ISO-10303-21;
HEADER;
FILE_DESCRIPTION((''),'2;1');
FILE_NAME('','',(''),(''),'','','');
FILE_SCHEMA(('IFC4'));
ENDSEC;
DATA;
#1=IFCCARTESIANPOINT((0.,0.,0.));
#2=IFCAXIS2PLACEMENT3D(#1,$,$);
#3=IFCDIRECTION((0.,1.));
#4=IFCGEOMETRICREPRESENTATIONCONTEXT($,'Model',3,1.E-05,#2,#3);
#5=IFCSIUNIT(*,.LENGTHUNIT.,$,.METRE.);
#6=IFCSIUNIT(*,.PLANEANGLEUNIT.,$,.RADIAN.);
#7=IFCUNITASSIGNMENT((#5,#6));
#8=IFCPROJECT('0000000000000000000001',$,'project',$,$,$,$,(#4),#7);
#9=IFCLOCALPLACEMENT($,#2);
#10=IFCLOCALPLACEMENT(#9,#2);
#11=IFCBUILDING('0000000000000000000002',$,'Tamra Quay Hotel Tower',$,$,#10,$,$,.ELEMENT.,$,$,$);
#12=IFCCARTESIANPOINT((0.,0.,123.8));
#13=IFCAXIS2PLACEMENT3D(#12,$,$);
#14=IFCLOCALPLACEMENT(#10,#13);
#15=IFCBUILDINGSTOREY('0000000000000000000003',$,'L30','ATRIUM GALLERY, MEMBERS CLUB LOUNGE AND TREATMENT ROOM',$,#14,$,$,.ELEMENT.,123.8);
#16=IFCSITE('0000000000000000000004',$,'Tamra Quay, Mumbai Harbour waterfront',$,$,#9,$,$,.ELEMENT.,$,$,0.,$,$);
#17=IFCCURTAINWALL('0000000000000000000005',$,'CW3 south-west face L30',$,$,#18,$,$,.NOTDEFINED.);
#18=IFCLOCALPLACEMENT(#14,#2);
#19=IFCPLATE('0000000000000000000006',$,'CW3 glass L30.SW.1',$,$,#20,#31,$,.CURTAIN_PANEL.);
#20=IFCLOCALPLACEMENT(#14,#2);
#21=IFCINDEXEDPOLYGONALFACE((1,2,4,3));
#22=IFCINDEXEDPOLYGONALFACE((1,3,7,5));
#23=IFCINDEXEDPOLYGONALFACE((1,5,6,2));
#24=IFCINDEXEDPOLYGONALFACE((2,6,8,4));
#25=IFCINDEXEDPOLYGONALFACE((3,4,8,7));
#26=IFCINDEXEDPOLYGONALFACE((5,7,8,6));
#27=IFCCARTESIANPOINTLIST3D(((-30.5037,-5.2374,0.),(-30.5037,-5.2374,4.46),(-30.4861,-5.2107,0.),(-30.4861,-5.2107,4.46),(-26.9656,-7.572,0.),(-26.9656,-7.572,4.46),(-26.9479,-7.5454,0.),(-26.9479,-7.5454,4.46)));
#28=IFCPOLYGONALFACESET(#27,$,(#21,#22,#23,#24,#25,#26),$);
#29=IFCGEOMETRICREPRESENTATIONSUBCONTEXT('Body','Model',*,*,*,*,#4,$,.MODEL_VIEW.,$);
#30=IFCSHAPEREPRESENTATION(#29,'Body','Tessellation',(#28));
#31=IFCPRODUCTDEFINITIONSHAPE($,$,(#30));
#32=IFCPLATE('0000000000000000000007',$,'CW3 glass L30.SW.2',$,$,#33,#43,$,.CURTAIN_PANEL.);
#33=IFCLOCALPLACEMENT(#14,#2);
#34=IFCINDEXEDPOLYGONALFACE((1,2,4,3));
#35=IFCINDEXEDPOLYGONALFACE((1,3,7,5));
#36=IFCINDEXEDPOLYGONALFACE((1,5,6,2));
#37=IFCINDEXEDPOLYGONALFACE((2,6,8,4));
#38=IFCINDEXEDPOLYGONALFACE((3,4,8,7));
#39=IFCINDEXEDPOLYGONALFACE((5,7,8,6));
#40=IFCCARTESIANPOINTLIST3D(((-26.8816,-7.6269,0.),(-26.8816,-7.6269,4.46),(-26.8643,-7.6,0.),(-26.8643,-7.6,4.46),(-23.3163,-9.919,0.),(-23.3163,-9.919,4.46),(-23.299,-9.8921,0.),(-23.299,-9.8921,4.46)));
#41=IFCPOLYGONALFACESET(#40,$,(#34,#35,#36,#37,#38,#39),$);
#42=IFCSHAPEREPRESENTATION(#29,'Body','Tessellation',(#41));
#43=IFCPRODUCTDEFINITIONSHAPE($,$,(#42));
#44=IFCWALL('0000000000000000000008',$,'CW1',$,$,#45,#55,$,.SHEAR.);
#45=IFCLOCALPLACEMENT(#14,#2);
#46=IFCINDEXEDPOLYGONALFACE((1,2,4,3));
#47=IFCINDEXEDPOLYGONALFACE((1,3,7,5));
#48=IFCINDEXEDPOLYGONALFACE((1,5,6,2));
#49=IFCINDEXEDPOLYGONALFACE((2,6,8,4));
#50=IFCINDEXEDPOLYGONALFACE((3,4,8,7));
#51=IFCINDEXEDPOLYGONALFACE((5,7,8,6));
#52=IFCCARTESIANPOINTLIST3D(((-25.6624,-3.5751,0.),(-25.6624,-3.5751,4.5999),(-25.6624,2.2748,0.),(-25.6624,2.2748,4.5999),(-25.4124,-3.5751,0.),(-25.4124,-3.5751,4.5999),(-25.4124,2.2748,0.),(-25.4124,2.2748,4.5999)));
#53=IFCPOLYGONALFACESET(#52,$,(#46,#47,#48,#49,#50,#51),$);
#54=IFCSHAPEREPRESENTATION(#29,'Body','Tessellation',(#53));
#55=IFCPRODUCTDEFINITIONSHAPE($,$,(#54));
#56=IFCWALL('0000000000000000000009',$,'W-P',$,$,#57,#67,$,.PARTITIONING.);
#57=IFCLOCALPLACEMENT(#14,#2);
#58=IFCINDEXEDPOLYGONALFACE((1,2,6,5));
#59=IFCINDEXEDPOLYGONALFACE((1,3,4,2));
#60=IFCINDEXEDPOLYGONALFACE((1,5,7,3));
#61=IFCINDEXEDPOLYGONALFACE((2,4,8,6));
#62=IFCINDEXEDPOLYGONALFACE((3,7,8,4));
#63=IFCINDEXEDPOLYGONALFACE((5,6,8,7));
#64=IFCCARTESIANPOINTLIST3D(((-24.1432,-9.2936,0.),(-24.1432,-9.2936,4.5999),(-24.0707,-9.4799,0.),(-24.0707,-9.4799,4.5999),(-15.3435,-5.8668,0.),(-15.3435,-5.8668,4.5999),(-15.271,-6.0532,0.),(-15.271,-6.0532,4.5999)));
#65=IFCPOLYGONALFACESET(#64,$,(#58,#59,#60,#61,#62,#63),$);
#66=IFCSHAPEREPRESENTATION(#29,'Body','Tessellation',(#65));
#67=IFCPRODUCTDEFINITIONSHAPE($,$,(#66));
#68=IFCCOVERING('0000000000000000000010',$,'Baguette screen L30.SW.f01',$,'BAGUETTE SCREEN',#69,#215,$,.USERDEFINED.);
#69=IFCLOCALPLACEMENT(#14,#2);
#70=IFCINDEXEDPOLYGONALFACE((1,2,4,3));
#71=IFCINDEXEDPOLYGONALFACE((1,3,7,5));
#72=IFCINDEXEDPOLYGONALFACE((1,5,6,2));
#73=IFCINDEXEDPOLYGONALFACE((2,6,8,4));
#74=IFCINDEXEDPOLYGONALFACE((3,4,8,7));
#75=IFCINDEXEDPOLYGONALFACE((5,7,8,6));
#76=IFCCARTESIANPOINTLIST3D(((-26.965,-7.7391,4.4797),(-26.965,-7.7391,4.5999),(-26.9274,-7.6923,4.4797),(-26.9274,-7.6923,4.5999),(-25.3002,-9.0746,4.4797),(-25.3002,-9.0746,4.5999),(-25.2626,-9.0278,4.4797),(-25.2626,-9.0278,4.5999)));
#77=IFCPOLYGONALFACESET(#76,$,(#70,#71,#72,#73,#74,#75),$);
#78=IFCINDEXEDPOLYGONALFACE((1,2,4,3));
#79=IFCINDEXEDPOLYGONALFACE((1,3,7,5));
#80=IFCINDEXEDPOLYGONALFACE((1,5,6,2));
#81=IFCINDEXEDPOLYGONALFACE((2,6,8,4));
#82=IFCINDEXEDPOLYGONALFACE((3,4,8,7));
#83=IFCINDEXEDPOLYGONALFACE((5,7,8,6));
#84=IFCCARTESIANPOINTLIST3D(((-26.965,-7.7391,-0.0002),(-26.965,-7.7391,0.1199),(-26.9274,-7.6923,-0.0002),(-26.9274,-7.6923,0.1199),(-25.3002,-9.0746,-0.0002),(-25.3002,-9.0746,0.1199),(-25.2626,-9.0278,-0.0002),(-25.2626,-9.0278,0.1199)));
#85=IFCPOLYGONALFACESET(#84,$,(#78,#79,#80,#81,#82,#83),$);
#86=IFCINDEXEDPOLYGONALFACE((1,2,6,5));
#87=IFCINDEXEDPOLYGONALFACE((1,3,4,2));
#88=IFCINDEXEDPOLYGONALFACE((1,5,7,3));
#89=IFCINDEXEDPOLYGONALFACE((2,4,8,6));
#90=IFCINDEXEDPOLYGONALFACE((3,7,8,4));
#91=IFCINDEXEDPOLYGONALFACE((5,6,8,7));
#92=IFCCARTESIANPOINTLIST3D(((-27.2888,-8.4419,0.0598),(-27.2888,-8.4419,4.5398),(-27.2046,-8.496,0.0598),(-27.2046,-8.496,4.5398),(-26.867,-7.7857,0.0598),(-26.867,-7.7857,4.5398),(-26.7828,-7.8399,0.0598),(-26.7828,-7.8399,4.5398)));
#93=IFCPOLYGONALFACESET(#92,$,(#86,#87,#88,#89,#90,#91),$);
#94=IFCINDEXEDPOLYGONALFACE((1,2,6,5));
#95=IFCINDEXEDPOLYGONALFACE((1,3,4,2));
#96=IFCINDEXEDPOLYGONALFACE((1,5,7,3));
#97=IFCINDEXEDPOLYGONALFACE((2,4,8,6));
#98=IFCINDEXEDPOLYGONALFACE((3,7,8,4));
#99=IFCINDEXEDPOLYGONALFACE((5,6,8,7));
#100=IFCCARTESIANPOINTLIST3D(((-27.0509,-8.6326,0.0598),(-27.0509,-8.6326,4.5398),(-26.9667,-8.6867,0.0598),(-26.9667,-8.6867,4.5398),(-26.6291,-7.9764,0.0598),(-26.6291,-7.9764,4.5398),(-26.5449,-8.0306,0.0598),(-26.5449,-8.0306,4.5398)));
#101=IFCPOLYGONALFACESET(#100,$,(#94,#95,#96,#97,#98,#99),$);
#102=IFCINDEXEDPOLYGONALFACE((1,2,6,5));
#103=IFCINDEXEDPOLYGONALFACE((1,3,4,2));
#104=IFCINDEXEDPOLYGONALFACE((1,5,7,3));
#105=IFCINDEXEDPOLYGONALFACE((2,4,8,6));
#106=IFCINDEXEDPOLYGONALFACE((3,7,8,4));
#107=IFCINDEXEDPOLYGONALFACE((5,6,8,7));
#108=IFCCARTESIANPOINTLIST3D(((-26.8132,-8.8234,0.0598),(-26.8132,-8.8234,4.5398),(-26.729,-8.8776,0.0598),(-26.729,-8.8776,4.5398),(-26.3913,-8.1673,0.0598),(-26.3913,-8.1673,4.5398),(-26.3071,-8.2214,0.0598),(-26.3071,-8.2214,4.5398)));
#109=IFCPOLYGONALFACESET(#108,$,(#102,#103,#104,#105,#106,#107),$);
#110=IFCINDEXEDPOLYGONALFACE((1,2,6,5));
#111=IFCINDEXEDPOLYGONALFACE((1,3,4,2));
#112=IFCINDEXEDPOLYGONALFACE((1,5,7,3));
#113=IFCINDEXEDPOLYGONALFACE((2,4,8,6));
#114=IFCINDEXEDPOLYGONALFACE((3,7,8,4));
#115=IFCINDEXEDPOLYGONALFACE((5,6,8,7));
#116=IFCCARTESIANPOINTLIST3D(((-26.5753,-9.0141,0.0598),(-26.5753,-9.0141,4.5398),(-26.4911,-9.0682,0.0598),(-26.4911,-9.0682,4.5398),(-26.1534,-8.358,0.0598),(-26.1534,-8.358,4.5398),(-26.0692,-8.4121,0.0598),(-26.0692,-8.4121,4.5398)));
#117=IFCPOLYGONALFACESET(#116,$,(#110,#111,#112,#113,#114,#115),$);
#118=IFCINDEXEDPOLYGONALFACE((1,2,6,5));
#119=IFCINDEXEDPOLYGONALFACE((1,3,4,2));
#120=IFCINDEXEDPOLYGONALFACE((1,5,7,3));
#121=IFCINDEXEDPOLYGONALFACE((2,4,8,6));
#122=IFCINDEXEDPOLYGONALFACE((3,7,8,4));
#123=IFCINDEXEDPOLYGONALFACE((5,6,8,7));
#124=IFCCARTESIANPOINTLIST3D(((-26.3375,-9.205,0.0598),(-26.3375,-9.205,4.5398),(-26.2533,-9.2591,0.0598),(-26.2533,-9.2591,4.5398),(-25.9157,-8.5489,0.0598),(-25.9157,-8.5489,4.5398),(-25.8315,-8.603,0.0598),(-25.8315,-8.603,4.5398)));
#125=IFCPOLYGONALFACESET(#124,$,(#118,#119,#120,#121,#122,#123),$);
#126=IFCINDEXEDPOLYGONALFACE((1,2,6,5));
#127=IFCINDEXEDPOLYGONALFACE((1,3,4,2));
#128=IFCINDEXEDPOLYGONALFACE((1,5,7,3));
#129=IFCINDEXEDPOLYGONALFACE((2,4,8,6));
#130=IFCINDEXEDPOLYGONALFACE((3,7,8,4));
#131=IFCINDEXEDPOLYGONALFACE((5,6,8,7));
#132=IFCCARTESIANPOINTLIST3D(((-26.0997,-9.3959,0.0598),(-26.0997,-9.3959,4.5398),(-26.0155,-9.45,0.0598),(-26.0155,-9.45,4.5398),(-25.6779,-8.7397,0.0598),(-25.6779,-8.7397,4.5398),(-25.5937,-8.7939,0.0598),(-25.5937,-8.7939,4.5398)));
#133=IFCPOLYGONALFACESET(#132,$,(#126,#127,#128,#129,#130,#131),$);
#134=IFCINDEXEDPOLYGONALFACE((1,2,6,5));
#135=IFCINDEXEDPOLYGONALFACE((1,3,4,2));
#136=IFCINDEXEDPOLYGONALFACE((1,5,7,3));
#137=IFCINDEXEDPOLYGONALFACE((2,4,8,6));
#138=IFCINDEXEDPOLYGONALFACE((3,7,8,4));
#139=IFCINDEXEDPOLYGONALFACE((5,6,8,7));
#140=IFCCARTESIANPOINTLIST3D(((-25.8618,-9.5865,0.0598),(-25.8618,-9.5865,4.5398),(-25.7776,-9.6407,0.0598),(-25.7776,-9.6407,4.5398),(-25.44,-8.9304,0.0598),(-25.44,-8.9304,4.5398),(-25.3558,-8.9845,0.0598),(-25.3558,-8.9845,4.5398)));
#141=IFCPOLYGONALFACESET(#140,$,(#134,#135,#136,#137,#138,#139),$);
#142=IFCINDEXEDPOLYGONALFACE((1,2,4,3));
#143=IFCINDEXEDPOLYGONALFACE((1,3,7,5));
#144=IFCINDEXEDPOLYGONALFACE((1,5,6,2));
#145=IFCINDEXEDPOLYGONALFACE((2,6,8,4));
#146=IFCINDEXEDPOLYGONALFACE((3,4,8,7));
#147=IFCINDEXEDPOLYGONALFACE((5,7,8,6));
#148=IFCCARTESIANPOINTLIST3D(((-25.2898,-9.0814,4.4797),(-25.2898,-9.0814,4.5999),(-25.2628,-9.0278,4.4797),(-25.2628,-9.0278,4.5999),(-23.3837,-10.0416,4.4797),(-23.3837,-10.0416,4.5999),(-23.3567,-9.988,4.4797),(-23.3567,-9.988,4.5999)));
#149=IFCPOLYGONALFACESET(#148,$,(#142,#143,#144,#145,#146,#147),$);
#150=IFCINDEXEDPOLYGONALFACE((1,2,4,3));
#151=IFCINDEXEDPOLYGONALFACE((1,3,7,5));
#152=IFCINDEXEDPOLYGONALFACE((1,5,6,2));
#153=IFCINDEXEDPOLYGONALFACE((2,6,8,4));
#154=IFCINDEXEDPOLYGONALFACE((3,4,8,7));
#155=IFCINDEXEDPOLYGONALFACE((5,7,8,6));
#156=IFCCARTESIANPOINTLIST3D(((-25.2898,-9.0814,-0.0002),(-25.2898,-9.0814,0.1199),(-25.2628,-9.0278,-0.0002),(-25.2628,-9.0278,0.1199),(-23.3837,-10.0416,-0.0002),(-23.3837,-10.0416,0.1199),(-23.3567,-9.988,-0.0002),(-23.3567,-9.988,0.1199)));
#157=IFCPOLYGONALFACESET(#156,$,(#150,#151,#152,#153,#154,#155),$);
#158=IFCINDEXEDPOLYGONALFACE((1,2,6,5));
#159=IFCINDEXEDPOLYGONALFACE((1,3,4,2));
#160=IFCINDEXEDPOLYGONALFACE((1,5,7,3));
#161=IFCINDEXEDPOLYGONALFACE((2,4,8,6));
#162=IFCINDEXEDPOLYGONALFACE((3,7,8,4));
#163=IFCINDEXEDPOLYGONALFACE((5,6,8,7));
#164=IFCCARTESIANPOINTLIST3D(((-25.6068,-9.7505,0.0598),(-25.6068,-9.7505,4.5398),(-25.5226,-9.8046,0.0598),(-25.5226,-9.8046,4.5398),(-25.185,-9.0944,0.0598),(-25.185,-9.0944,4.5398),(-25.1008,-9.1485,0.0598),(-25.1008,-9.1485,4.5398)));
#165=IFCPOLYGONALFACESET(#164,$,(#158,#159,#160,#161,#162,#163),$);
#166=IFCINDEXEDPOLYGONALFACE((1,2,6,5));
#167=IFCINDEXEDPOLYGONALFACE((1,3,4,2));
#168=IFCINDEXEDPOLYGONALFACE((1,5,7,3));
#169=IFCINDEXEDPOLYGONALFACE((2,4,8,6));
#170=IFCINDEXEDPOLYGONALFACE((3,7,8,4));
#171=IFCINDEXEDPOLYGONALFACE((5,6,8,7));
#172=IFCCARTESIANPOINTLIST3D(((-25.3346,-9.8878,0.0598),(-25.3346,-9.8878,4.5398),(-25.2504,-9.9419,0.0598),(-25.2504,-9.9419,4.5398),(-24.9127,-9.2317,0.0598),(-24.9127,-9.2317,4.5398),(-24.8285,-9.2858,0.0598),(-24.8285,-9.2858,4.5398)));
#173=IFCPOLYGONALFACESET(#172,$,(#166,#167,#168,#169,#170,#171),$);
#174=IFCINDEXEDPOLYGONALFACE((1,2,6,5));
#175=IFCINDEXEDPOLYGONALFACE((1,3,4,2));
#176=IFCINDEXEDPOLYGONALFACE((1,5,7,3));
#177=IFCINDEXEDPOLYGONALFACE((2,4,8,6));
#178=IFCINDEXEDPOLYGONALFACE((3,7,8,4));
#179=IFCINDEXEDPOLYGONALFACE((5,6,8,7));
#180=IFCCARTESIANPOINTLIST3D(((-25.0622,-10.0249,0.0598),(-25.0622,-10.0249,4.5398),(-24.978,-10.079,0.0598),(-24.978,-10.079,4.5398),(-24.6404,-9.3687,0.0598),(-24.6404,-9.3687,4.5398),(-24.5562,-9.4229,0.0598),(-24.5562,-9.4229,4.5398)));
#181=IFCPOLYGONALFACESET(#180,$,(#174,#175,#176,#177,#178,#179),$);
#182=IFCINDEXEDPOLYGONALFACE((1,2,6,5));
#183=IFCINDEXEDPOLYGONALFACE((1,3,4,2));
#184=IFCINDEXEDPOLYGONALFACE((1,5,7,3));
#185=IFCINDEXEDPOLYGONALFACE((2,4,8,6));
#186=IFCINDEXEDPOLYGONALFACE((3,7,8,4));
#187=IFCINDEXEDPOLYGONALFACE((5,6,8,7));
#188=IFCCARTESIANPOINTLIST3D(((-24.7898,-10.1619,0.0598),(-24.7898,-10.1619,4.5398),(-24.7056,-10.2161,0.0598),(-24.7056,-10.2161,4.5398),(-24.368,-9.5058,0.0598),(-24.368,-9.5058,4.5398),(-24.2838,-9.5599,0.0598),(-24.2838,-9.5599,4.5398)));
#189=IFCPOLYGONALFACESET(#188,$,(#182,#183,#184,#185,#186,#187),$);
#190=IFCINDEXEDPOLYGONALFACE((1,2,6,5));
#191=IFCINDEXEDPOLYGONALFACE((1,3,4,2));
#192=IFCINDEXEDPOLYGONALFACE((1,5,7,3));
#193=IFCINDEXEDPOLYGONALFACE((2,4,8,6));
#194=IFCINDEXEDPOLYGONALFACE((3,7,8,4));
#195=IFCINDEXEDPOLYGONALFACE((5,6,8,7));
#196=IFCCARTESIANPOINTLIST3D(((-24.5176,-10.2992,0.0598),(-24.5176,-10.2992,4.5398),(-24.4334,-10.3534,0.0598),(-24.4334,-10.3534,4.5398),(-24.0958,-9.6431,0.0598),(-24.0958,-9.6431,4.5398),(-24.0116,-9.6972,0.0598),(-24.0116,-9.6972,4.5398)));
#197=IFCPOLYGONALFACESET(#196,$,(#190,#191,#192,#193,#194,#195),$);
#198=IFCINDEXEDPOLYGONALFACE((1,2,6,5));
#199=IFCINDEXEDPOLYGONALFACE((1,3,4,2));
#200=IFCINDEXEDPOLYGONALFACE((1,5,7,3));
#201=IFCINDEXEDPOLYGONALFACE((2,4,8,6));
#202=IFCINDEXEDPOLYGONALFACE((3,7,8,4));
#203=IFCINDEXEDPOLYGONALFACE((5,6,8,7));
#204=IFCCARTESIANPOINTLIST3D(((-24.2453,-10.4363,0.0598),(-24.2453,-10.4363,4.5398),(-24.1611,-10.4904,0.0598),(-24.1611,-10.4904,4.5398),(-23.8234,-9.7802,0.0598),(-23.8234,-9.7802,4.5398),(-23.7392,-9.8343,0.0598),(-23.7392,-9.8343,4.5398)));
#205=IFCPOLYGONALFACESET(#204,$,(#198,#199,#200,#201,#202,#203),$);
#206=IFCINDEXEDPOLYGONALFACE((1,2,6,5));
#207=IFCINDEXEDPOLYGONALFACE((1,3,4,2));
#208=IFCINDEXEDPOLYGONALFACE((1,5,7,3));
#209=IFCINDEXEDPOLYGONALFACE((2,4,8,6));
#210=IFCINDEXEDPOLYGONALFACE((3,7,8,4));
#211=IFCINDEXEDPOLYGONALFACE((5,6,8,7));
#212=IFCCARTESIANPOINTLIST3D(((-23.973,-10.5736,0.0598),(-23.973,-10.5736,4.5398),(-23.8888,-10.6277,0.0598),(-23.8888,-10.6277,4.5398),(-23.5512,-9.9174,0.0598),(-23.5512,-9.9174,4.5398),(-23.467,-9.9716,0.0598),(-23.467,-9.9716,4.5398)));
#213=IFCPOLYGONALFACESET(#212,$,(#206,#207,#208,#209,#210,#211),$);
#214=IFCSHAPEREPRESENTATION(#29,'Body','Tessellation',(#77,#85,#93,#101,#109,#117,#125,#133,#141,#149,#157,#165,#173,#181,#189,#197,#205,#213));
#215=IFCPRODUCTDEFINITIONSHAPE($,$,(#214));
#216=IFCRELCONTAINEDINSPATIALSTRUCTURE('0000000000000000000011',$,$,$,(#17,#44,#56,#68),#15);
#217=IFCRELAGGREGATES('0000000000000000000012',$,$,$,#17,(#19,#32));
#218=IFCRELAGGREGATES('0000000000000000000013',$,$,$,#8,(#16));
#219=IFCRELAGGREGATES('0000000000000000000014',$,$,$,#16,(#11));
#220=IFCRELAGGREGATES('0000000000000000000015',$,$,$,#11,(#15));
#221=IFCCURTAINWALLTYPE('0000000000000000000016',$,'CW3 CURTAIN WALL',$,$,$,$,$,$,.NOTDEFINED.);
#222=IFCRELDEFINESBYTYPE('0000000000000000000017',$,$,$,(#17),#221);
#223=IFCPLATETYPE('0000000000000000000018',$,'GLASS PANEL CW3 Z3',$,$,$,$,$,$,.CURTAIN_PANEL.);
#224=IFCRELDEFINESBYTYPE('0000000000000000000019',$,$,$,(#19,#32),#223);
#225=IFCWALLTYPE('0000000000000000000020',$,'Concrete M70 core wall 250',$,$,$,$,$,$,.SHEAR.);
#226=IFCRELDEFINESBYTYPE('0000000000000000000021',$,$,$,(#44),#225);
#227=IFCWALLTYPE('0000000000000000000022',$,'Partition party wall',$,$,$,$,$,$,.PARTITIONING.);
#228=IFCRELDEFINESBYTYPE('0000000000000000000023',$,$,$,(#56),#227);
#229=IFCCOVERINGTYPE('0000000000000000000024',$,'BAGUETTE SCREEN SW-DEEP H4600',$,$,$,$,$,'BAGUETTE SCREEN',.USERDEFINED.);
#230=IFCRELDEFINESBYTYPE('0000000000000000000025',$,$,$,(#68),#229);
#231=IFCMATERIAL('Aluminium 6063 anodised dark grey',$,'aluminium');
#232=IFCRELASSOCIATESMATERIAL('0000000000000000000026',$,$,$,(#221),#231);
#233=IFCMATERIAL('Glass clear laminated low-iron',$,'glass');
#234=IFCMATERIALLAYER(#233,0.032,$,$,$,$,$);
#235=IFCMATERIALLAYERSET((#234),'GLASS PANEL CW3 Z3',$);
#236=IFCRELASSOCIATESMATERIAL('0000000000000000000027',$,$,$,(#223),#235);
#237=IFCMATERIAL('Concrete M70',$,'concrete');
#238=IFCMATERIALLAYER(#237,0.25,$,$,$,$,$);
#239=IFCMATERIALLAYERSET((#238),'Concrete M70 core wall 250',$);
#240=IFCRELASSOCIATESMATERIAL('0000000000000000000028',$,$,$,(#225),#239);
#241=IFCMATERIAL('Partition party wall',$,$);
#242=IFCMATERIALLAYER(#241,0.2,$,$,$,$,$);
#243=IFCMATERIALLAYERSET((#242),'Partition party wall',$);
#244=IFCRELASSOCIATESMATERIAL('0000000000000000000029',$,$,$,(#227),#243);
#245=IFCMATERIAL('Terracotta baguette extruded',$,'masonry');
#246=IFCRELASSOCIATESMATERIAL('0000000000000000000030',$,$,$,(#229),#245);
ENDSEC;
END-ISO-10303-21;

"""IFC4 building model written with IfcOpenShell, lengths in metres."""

from ifc_helpers import new_model, si_unit, direction, frame, frame_2d, origin, origin_2d, place, context, subcontext, project, spatial, rectangle, extrude, source, transform, mapped, material, layer, layer_set, type_object, element, aggregate, save


model = new_model("IFC4")

# Units and contexts
model_context = context("Model", 3, precision=1e-05, world=origin(), true_north=direction((0.0, 1.0)))
body_context = subcontext(model_context, "Body", "Model", "MODEL_VIEW")
ifc_project = project(units=[si_unit("LENGTHUNIT", "METRE"), si_unit("PLANEANGLEUNIT", "RADIAN")], contexts=[model_context])

# Site, building, storey
site_placement = place(None, origin())
site = spatial("IfcSite", under=ifc_project, at=site_placement, Name="Tamra Quay, Mumbai Harbour waterfront", CompositionType="ELEMENT", RefElevation=0.0)
building_placement = place(site_placement, origin())
building = spatial("IfcBuilding", under=site, at=building_placement, Name="Tamra Quay Hotel Tower", CompositionType="ELEMENT")
storey_placement = place(building_placement, frame((0.0, 0.0, 123.8)))
storey = spatial("IfcBuildingStorey", under=building, at=storey_placement, Name="L30", Description="ATRIUM GALLERY, MEMBERS CLUB LOUNGE AND TREATMENT ROOM", CompositionType="ELEMENT", Elevation=123.8)

# Shared definitions
ifc_material_1 = material(Name="Concrete M70", Category="concrete")

# Curtain wall
ifc_material_2 = material(Name="Aluminium 6063 anodised dark grey", Category="aluminium")
curtain_wall_type_1 = type_object("IfcCurtainWallType", Name="CW3 CURTAIN WALL", PredefinedType="NOTDEFINED", material=ifc_material_2)
curtain_wall_1_placement = place(storey_placement, origin())
curtain_wall_1 = element("IfcCurtainWall", 1, at=curtain_wall_1_placement, inside=storey, type_object=curtain_wall_type_1, Name="CW3 south-west face L30", PredefinedType="NOTDEFINED")

# Plates
ifc_material_3 = material(Name="Glass clear laminated low-iron", Category="glass")
ifc_layer_1 = layer(ifc_material_3, 0.032)
ifc_layer_set_1 = layer_set([ifc_layer_1], Name="GLASS PANEL CW3 Z3")
plate_type_1 = type_object("IfcPlateType", Name="GLASS PANEL CW3 Z3", PredefinedType="CURTAIN_PANEL", material=ifc_layer_set_1)
plate_1_placement = place(storey_placement, frame((-28.7258, -6.3914, 0.0), z_axis=(0.0, 0.0, 1.0), x_axis=(0.834663, -0.550761, 0.0)))
plate_1 = element("IfcPlate", 2, at=plate_1_placement, type_object=plate_type_1, Name="CW3 glass L30.SW.1", PredefinedType="CURTAIN_PANEL", context=body_context, shape_type="SweptSolid", body=[
    extrude(rectangle(XDim=4.239, YDim=0.032, at=origin_2d()), origin(), (0.0, 0.0, 1.0), 4.46),
])
plate_2_placement = place(storey_placement, frame((-25.0903, -8.7595, 0.0), z_axis=(0.0, 0.0, 1.0), x_axis=(0.841164, -0.54078, 0.0)))
plate_2 = element("IfcPlate", 3, at=plate_2_placement, type_object=plate_type_1, Name="CW3 glass L30.SW.2", PredefinedType="CURTAIN_PANEL", context=body_context, shape_type="SweptSolid", body=[
    extrude(rectangle(XDim=4.2385, YDim=0.032, at=origin_2d()), origin(), (0.0, 0.0, 1.0), 4.46),
])
aggregate(curtain_wall_1, [plate_1, plate_2])

# Walls
ifc_layer_2 = layer(ifc_material_1, 0.25)
ifc_layer_set_2 = layer_set([ifc_layer_2], Name="Concrete M70 core wall 250")
wall_type_1 = type_object("IfcWallType", Name="Concrete M70 core wall 250", PredefinedType="SHEAR", material=ifc_layer_set_2)
wall_1_placement = place(storey_placement, frame((-25.5374, -3.575, 0.0), z_axis=(0.0, 0.0, 1.0), x_axis=(0.0, 1.0, 0.0)))
element("IfcWall", 4, at=wall_1_placement, inside=storey, type_object=wall_type_1, Name="CW1", PredefinedType="SHEAR", context=body_context, shape_type="SweptSolid", body=[
    extrude(rectangle(XDim=5.8499, YDim=0.25, at=frame_2d((2.9248, 0.0))), origin(), (0.0, 0.0, 1.0), 4.5999),
])
ifc_material_4 = material(Name="Partition party wall")
ifc_layer_3 = layer(ifc_material_4, 0.2)
ifc_layer_set_3 = layer_set([ifc_layer_3], Name="Partition party wall")
wall_type_2 = type_object("IfcWallType", Name="Partition party wall", PredefinedType="PARTITIONING", material=ifc_layer_set_3)
wall_2_placement = place(storey_placement, frame((-24.1069, -9.3867, 0.0), z_axis=(0.0, 0.0, 1.0), x_axis=(0.93184, 0.36287, 0.0)))
element("IfcWall", 5, at=wall_2_placement, inside=storey, type_object=wall_type_2, Name="W-P", PredefinedType="PARTITIONING", context=body_context, shape_type="SweptSolid", body=[
    extrude(rectangle(XDim=9.4434, YDim=0.2, at=frame_2d((4.7217, 0.0))), origin(), (0.0, 0.0, 1.0), 4.5999),
])

# Covering
ifc_material_5 = material(Name="Terracotta baguette extruded", Category="masonry")
covering_type_1 = type_object("IfcCoveringType", Name="BAGUETTE SCREEN SW-DEEP H4600", ElementType="BAGUETTE SCREEN", PredefinedType="USERDEFINED", material=ifc_material_5)
shared_shape_1 = source(origin(), body_context, "Body", "SweptSolid", [
    extrude(rectangle(XDim=2.1343, YDim=0.0601, at=frame_2d((1.0671, 0.03))), frame((-2.1287, -0.0576, -0.1201), z_axis=(0.0, 0.0, 1.0), x_axis=(0.994522, -0.104528, 0.0)), (0.0, 0.0, 1.0), 0.1201),
    extrude(rectangle(XDim=2.1343, YDim=0.0601, at=frame_2d((1.0671, 0.03))), frame((-2.1287, -0.0576, -4.6001), z_axis=(0.0, 0.0, 1.0), x_axis=(0.994522, -0.104528, 0.0)), (0.0, 0.0, 1.0), 0.1201),
    extrude(rectangle(XDim=0.1001, YDim=0.78, at=frame_2d((0.05, 0.3901))), frame((-2.021, -0.824, -4.54)), (0.0, 0.0, 1.0), 4.48),
    extrude(rectangle(XDim=0.1001, YDim=0.78, at=frame_2d((0.05, 0.3901))), frame((-1.7178, -0.8557, -4.54)), (0.0, 0.0, 1.0), 4.48),
    extrude(rectangle(XDim=0.1001, YDim=0.78, at=frame_2d((0.05, 0.3901))), frame((-1.4146, -0.8877, -4.54)), (0.0, 0.0, 1.0), 4.48),
    extrude(rectangle(XDim=0.1001, YDim=0.78, at=frame_2d((0.05, 0.3901))), frame((-1.1113, -0.9194, -4.54)), (0.0, 0.0, 1.0), 4.48),
    extrude(rectangle(XDim=0.1001, YDim=0.78, at=frame_2d((0.05, 0.3901))), frame((-0.8081, -0.9514, -4.54)), (0.0, 0.0, 1.0), 4.48),
    extrude(rectangle(XDim=0.1001, YDim=0.78, at=frame_2d((0.05, 0.3901))), frame((-0.5049, -0.9834, -4.54)), (0.0, 0.0, 1.0), 4.48),
    extrude(rectangle(XDim=0.1001, YDim=0.78, at=frame_2d((0.05, 0.3901))), frame((-0.2017, -1.0151, -4.54)), (0.0, 0.0, 1.0), 4.48),
    extrude(rectangle(XDim=2.1343, YDim=0.0601, at=frame_2d((1.0671, 0.03))), frame((0.0063, -0.2808, -0.1201), z_axis=(0.0, 0.0, 1.0), x_axis=(0.994522, 0.104528, 0.0)), (0.0, 0.0, 1.0), 0.1201),
    extrude(rectangle(XDim=2.1343, YDim=0.0601, at=frame_2d((1.0671, 0.03))), frame((0.0063, -0.2808, -4.6001), z_axis=(0.0, 0.0, 1.0), x_axis=(0.994522, 0.104528, 0.0)), (0.0, 0.0, 1.0), 0.1201),
    extrude(rectangle(XDim=0.1001, YDim=0.78, at=frame_2d((0.05, 0.3901))), frame((0.1016, -1.0151, -4.54)), (0.0, 0.0, 1.0), 4.48),
    extrude(rectangle(XDim=0.1001, YDim=0.78, at=frame_2d((0.05, 0.3901))), frame((0.4048, -0.9834, -4.54)), (0.0, 0.0, 1.0), 4.48),
    extrude(rectangle(XDim=0.1001, YDim=0.78, at=frame_2d((0.05, 0.3901))), frame((0.708, -0.9514, -4.54)), (0.0, 0.0, 1.0), 4.48),
    extrude(rectangle(XDim=0.1001, YDim=0.78, at=frame_2d((0.05, 0.3901))), frame((1.0112, -0.9194, -4.54)), (0.0, 0.0, 1.0), 4.48),
    extrude(rectangle(XDim=0.1001, YDim=0.78, at=frame_2d((0.05, 0.3901))), frame((1.3145, -0.8877, -4.54)), (0.0, 0.0, 1.0), 4.48),
    extrude(rectangle(XDim=0.1001, YDim=0.78, at=frame_2d((0.05, 0.3901))), frame((1.6177, -0.8557, -4.54)), (0.0, 0.0, 1.0), 4.48),
    extrude(rectangle(XDim=0.1001, YDim=0.78, at=frame_2d((0.05, 0.3901))), frame((1.9209, -0.824, -4.54)), (0.0, 0.0, 1.0), 4.48),
])
covering_1_placement = place(storey_placement, frame((-25.1433, -8.8418, 4.5999), z_axis=(0.0, 0.0, 1.0), x_axis=(0.841164, -0.54078, 0.0)))
element("IfcCovering", 6, at=covering_1_placement, inside=storey, type_object=covering_type_1, Name="Baguette screen L30.SW.f01", ObjectType="BAGUETTE SCREEN", PredefinedType="USERDEFINED", context=body_context, shape_type="MappedRepresentation", body=[
    mapped(shared_shape_1, transform((0.0, 0.0, 0.0), scale=1.0)),
])

save(model, "model.ifc")
